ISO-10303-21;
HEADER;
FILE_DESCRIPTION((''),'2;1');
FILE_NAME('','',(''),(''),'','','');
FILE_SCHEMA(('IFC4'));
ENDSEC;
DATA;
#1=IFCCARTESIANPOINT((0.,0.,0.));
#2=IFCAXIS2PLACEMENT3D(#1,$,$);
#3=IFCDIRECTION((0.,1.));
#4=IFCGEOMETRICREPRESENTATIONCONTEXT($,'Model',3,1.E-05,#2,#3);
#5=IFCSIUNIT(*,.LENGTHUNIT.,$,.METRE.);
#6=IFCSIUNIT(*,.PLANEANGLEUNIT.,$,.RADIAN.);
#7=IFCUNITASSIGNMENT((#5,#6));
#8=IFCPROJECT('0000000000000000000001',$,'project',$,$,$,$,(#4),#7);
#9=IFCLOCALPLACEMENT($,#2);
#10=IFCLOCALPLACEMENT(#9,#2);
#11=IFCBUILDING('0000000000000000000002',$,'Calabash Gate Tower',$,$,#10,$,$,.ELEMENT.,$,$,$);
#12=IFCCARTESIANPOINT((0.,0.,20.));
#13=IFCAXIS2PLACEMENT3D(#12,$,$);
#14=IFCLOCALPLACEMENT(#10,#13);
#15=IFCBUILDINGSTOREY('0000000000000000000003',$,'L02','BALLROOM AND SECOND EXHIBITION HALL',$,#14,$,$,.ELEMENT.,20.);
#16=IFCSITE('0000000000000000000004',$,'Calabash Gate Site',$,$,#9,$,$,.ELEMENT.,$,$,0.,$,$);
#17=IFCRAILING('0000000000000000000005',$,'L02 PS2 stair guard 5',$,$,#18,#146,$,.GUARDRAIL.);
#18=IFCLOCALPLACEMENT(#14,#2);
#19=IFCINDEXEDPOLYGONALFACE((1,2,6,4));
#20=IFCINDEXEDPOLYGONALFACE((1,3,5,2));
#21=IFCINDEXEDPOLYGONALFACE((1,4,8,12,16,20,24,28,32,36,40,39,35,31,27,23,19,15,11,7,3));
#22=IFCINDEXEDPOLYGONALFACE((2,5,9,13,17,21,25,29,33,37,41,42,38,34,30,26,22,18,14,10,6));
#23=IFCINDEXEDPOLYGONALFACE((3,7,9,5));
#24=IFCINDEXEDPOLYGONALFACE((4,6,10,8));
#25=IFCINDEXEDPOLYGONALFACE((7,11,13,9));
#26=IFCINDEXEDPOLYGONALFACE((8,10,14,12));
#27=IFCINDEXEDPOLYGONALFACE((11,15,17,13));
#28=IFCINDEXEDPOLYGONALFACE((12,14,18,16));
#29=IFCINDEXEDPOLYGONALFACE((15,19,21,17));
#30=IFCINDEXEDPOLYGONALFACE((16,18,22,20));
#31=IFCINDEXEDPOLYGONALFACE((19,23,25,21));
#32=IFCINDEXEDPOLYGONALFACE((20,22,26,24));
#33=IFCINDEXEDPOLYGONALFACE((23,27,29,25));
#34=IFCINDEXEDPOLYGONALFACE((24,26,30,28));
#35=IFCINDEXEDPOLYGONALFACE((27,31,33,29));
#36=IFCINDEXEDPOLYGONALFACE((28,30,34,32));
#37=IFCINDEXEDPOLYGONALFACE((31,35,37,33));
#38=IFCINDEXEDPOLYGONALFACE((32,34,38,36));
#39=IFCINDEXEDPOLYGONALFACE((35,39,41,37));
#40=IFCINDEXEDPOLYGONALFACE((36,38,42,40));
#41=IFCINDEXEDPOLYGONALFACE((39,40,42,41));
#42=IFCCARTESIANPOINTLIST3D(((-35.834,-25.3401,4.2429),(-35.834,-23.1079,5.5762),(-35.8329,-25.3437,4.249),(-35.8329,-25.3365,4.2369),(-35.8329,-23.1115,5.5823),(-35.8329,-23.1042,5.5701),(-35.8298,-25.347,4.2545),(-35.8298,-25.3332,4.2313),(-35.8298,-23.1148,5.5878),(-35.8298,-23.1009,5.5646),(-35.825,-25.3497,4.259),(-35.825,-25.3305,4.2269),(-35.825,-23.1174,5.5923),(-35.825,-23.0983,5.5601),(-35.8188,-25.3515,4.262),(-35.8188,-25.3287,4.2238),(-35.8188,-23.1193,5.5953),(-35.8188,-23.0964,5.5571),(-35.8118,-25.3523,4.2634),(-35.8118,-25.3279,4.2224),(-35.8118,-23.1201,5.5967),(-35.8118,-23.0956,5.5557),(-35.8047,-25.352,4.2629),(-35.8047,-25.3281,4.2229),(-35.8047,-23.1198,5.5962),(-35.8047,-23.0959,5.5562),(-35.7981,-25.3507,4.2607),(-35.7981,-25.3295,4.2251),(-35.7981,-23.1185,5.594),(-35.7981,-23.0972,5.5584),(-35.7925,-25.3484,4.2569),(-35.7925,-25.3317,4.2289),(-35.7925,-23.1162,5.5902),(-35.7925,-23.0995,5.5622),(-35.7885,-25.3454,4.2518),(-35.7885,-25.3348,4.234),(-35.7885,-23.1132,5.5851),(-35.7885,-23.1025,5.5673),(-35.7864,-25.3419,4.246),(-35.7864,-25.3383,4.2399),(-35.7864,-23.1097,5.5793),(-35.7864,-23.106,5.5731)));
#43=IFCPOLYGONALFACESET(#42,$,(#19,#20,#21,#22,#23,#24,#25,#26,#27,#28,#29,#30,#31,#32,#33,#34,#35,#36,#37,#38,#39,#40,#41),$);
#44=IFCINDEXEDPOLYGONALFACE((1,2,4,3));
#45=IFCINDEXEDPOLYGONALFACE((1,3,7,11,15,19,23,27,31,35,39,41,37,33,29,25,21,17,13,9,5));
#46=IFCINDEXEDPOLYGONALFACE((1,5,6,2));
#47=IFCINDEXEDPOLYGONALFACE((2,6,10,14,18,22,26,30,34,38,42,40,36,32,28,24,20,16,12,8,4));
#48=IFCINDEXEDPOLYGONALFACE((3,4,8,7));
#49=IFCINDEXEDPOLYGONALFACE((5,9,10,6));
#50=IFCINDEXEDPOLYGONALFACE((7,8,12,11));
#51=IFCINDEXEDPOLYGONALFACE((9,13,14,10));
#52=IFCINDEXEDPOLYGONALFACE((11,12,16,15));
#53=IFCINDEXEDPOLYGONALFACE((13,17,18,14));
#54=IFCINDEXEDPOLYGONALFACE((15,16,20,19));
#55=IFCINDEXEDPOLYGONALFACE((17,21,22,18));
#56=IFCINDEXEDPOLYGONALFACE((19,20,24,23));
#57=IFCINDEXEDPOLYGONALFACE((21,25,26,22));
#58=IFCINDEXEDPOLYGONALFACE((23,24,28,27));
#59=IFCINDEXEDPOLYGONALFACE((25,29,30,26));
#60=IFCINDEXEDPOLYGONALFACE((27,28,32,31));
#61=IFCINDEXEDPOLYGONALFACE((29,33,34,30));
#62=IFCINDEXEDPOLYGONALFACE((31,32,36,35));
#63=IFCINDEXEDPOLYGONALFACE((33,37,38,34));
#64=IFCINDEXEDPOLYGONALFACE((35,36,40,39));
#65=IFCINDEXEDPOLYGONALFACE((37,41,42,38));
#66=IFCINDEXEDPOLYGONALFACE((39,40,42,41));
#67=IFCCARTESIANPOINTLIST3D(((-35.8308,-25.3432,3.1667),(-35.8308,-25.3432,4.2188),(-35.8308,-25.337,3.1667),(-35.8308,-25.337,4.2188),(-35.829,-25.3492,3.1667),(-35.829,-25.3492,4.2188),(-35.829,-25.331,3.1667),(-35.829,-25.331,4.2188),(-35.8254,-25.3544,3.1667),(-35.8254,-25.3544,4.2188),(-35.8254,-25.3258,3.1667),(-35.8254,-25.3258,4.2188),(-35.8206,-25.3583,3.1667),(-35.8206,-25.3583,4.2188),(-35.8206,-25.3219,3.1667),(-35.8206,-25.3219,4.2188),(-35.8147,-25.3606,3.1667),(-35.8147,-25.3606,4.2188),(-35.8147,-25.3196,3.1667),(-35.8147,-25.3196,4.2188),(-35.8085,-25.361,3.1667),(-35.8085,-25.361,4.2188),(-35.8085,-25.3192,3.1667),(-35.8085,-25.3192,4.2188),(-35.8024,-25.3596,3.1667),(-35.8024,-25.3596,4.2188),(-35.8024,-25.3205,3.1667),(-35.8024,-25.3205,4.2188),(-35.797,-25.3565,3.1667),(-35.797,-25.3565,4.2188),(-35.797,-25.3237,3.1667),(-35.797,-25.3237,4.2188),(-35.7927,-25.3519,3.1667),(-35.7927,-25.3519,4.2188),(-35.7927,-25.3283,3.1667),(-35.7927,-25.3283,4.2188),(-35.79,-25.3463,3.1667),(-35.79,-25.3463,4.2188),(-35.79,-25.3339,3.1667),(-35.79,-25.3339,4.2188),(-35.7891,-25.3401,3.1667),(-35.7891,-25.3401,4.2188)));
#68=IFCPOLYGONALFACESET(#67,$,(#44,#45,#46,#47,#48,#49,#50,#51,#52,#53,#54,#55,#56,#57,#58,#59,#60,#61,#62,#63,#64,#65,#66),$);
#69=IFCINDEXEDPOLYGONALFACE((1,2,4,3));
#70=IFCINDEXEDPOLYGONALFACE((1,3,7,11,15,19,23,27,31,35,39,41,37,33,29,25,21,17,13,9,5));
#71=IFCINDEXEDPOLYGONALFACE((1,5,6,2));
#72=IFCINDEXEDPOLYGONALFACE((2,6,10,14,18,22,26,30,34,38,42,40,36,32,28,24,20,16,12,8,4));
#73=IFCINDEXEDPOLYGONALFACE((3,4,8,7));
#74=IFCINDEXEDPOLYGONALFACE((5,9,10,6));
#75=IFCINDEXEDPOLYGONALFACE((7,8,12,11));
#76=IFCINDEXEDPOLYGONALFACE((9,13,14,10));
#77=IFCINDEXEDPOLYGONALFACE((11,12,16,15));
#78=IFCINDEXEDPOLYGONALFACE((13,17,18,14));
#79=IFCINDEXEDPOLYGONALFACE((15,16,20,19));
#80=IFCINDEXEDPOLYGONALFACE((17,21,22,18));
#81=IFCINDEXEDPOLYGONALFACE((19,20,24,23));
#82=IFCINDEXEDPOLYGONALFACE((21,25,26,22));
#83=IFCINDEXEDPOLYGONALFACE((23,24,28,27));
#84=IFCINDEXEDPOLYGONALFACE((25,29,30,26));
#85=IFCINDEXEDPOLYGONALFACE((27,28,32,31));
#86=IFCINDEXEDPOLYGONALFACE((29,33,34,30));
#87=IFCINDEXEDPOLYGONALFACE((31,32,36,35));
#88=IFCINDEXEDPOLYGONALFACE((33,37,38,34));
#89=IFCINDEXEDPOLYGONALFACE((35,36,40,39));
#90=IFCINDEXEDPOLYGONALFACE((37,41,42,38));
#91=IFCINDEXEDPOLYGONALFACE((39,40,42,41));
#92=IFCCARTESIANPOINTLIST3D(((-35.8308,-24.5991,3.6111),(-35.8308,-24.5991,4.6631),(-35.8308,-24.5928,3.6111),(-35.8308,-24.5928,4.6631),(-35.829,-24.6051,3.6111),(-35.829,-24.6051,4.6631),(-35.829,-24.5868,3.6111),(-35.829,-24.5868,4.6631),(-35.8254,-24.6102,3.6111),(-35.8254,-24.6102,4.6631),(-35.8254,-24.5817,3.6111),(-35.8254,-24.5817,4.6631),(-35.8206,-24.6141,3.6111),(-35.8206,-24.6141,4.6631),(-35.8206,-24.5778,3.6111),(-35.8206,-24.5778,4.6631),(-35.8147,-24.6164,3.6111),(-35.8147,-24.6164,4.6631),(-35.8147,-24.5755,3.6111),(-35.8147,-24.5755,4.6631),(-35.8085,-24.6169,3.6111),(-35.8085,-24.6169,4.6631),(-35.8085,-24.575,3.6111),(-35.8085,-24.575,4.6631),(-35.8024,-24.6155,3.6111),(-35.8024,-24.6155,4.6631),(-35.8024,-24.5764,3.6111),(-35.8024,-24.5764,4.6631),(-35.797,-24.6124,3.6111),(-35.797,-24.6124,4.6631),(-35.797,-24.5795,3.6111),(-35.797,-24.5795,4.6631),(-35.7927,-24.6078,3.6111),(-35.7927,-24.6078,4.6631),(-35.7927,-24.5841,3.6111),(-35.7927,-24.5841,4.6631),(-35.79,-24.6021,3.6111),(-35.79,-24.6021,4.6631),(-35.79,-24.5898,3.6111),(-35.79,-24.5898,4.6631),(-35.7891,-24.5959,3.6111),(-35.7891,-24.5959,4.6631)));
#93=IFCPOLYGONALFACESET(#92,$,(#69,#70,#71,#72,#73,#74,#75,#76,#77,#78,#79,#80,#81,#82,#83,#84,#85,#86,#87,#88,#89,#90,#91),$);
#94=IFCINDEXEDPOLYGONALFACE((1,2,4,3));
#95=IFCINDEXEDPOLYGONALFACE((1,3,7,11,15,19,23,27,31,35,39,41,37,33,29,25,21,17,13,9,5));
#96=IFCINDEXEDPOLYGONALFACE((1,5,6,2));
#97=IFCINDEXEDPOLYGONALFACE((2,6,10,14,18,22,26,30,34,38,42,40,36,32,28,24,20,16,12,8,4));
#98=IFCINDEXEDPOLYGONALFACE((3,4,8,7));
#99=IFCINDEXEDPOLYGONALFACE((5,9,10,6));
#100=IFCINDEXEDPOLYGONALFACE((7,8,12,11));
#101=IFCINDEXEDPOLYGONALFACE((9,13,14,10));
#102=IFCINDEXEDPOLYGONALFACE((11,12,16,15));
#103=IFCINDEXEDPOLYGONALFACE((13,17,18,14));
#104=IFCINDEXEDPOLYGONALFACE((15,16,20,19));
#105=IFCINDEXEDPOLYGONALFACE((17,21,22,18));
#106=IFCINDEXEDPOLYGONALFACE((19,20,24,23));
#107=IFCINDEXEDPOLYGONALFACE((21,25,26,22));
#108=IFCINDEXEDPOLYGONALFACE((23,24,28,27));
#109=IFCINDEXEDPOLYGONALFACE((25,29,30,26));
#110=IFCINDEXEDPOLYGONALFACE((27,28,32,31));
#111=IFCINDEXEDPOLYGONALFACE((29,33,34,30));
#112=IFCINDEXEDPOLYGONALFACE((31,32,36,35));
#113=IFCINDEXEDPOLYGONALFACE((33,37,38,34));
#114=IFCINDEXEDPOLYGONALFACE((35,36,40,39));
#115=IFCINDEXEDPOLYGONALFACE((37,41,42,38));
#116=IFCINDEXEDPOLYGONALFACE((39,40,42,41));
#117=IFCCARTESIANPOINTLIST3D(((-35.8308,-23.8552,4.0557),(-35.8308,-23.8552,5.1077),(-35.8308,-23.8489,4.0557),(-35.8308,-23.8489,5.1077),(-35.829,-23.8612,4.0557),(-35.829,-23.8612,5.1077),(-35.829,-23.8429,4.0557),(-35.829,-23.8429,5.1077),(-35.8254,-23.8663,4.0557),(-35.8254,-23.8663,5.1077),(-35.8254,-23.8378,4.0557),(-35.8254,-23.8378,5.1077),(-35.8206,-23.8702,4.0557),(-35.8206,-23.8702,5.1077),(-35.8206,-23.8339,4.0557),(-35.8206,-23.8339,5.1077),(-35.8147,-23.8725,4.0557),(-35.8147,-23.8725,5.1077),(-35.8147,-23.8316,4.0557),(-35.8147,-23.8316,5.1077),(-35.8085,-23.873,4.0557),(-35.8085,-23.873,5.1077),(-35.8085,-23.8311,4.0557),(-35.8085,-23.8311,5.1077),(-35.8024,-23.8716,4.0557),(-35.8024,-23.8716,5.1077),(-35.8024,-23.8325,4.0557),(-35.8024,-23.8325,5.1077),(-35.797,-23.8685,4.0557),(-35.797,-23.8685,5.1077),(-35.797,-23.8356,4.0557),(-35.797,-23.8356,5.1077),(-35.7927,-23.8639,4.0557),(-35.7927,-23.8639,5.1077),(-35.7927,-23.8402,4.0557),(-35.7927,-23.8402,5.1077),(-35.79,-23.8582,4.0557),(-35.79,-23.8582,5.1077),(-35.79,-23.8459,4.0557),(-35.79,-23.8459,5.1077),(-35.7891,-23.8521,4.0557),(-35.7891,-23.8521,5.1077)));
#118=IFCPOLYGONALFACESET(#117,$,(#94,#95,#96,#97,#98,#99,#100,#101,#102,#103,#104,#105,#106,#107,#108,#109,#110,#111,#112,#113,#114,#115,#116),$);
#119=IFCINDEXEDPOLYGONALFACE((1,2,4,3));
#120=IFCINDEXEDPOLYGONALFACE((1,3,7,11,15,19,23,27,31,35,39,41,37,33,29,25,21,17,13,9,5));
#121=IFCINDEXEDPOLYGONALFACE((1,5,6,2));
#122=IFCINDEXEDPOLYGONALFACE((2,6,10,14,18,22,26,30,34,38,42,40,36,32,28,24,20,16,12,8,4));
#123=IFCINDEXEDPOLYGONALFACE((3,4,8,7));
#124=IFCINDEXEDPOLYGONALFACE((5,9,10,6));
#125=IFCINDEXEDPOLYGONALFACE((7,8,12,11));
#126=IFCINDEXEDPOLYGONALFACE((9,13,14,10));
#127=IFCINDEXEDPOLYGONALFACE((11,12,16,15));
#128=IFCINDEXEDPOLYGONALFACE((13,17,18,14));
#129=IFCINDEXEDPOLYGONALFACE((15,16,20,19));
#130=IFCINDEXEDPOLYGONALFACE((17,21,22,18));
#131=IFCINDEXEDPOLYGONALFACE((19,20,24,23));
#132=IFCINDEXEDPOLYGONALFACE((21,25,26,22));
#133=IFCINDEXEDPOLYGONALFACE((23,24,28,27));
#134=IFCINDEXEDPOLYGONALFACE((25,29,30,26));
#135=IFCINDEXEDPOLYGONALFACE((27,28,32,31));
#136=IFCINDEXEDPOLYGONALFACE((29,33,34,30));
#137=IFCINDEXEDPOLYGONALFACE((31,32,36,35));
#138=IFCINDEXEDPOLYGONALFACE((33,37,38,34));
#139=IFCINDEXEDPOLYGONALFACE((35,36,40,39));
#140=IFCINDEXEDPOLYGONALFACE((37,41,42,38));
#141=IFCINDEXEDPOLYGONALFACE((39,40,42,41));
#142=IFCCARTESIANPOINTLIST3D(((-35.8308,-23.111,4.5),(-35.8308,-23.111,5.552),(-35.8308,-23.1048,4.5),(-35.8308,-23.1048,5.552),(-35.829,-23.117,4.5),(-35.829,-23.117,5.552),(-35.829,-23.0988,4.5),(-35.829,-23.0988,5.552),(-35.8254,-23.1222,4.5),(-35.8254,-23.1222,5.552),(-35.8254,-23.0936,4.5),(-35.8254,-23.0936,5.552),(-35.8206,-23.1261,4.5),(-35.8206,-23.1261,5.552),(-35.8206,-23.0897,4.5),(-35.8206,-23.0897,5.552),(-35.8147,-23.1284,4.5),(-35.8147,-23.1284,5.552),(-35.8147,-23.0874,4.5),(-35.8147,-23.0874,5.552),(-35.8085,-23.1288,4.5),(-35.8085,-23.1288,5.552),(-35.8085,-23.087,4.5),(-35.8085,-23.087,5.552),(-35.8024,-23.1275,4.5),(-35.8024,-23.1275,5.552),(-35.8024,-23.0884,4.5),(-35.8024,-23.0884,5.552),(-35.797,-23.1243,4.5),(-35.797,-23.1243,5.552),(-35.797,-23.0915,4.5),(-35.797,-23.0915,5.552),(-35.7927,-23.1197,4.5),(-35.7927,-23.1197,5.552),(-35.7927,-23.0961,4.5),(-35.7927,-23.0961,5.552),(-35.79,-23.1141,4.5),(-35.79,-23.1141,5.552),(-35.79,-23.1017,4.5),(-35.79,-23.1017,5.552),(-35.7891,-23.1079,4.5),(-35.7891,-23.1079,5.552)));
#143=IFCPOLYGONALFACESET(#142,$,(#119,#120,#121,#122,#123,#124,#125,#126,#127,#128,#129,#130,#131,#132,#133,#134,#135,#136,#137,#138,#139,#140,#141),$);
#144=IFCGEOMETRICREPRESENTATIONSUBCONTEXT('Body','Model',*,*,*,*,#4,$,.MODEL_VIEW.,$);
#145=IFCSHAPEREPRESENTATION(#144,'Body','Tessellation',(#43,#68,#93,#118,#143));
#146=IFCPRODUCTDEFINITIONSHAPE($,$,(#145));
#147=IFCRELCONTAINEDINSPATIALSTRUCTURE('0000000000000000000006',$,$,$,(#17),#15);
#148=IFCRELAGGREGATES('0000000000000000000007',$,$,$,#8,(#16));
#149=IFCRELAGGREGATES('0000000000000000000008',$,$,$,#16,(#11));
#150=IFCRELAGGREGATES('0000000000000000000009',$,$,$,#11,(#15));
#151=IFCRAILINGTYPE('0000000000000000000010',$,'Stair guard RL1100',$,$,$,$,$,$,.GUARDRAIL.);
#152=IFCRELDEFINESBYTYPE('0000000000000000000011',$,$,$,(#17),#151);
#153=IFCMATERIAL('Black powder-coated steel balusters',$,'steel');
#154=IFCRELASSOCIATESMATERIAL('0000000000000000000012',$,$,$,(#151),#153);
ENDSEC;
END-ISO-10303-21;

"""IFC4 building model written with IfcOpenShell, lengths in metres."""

from ifc_helpers import new_model, si_unit, direction, frame, origin, origin_2d, place, context, subcontext, project, spatial, circle, extrude, material, type_object, element, save


model = new_model("IFC4")

# Units and contexts
model_context = context("Model", 3, precision=1e-05, world=origin(), true_north=direction((0.0, 1.0)))
body_context = subcontext(model_context, "Body", "Model", "MODEL_VIEW")
ifc_project = project(units=[si_unit("LENGTHUNIT", "METRE"), si_unit("PLANEANGLEUNIT", "RADIAN")], contexts=[model_context])

# Site, building, storey
site_placement = place(None, origin())
site = spatial("IfcSite", under=ifc_project, at=site_placement, Name="Calabash Gate Site", CompositionType="ELEMENT", RefElevation=0.0)
building_placement = place(site_placement, origin())
building = spatial("IfcBuilding", under=site, at=building_placement, Name="Calabash Gate Tower", CompositionType="ELEMENT")
storey_placement = place(building_placement, frame((0.0, 0.0, 20.0)))
storey = spatial("IfcBuildingStorey", under=building, at=storey_placement, Name="L02", Description="BALLROOM AND SECOND EXHIBITION HALL", CompositionType="ELEMENT", Elevation=20.0)

# Railing
ifc_material_1 = material(Name="Black powder-coated steel balusters", Category="steel")
railing_type_1 = type_object("IfcRailingType", Name="Stair guard RL1100", PredefinedType="GUARDRAIL", material=ifc_material_1)
for number, where, name in (
    (1, (-35.8101, -25.3401, 3.1667), "L02 PS2 stair guard 5"),
):
    element("IfcRailing", number, at=place(storey_placement, frame(where)), inside=storey, type_object=railing_type_1, Name=name, PredefinedType="GUARDRAIL", context=body_context, shape_type="SweptSolid", body=[
        extrude(circle(Radius=0.0239, at=origin_2d()), frame((0.0, 0.0, 1.0762), z_axis=(0.0, 0.858519, 0.512782), x_axis=(-1.0, 0.0, 0.0)), (0.0, 0.0, 1.0), 2.6001),
        extrude(circle(Radius=0.021, at=origin_2d()), origin(), (0.0, 0.0, 1.0), 1.052),
        extrude(circle(Radius=0.021, at=origin_2d()), frame((0.0, 0.7441, 0.4443)), (0.0, 0.0, 1.0), 1.052),
        extrude(circle(Radius=0.021, at=origin_2d()), frame((0.0, 1.488, 0.8889)), (0.0, 0.0, 1.0), 1.052),
        extrude(circle(Radius=0.021, at=origin_2d()), frame((0.0, 2.2322, 1.3333)), (0.0, 0.0, 1.0), 1.052),
    ])

save(model, "model.ifc")
